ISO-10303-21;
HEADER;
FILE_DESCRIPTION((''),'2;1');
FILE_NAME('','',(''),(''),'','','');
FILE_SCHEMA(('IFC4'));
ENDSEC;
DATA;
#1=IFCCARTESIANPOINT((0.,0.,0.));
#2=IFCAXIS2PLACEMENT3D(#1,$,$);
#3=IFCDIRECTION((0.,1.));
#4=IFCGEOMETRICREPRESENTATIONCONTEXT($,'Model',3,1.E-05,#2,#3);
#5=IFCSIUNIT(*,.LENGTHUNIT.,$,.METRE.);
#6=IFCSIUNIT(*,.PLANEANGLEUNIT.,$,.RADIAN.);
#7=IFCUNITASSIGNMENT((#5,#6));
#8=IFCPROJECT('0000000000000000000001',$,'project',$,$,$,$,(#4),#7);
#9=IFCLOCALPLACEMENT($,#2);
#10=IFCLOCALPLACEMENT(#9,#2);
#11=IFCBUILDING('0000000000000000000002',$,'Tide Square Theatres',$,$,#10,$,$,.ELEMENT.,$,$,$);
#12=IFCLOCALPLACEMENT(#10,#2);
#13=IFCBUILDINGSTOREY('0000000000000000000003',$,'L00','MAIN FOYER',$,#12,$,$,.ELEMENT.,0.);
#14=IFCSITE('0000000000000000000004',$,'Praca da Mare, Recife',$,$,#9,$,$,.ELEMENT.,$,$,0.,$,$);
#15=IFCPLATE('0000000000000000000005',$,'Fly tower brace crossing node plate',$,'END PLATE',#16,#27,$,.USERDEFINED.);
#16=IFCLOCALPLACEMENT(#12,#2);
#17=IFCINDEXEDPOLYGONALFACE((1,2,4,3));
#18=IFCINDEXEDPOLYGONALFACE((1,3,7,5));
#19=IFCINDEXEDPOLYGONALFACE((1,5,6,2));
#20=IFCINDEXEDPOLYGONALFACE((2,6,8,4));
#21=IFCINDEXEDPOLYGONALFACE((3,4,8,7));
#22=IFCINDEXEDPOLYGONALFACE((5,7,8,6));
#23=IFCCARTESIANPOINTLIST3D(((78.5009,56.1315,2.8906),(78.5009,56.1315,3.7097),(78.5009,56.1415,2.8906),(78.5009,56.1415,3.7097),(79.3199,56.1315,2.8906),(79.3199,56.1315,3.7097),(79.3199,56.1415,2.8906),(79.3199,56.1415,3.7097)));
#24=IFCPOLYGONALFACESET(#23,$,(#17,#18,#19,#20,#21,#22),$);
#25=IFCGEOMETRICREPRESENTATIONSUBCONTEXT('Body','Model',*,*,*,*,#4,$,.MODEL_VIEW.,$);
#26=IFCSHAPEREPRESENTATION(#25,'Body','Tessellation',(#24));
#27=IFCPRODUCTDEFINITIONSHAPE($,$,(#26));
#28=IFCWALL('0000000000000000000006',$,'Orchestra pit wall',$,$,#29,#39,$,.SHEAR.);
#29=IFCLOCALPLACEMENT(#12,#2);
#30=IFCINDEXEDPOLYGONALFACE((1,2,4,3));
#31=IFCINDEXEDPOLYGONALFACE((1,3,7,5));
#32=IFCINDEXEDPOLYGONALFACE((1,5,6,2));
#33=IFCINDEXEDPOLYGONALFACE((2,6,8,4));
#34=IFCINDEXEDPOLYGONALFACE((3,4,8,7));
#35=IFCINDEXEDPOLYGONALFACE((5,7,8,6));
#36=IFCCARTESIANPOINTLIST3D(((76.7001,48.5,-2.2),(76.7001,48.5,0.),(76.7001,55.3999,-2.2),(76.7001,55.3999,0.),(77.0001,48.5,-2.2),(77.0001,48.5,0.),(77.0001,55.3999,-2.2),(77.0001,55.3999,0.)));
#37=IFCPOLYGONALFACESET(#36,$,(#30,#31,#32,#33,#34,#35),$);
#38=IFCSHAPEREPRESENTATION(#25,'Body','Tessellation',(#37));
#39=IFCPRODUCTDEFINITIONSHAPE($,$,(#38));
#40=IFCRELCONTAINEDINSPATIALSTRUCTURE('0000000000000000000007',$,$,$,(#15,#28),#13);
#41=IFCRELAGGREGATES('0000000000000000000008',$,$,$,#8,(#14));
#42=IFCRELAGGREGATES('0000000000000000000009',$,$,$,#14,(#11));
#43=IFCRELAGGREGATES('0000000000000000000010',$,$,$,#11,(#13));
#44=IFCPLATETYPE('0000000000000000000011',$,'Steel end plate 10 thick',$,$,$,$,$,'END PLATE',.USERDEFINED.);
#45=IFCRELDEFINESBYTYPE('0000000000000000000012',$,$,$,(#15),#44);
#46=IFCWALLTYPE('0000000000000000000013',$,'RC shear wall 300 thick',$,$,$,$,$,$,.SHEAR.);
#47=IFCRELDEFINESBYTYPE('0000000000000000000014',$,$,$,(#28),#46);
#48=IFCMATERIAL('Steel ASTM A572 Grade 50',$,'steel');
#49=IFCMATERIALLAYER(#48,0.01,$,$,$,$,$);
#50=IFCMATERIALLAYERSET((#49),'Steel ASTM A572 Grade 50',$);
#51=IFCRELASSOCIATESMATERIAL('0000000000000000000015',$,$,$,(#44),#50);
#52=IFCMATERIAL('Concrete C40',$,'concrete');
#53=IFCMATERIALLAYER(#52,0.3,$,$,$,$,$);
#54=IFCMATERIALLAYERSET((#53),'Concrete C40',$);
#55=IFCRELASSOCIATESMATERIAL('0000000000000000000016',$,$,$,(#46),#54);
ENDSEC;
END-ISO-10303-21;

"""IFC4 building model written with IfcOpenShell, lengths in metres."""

from ifc_helpers import new_model, si_unit, direction, frame, frame_2d, origin, origin_2d, place, context, subcontext, project, spatial, rectangle, extrude, material, layer, layer_set, type_object, element, save


model = new_model("IFC4")

# Units and contexts
model_context = context("Model", 3, precision=1e-05, world=origin(), true_north=direction((0.0, 1.0)))
body_context = subcontext(model_context, "Body", "Model", "MODEL_VIEW")
ifc_project = project(units=[si_unit("LENGTHUNIT", "METRE"), si_unit("PLANEANGLEUNIT", "RADIAN")], contexts=[model_context])

# Site, building, storey
site_placement = place(None, origin())
site = spatial("IfcSite", under=ifc_project, at=site_placement, Name="Praca da Mare, Recife", CompositionType="ELEMENT", RefElevation=0.0)
building_placement = place(site_placement, origin())
building = spatial("IfcBuilding", under=site, at=building_placement, Name="Tide Square Theatres", CompositionType="ELEMENT")
storey_placement = place(building_placement, origin())
storey = spatial("IfcBuildingStorey", under=building, at=storey_placement, Name="L00", Description="MAIN FOYER", CompositionType="ELEMENT", Elevation=0.0)

# Plate
ifc_material_1 = material(Name="Steel ASTM A572 Grade 50", Category="steel")
ifc_layer_1 = layer(ifc_material_1, 0.01)
ifc_layer_set_1 = layer_set([ifc_layer_1], Name="Steel ASTM A572 Grade 50")
plate_type_1 = type_object("IfcPlateType", Name="Steel end plate 10 thick", ElementType="END PLATE", PredefinedType="USERDEFINED", material=ifc_layer_set_1)
plate_placement = place(storey_placement, frame((78.9104, 56.1365, 2.8906), z_axis=(0.0, 0.0, 1.0), x_axis=(0.0, -1.0, 0.0)))
element("IfcPlate", 1, at=plate_placement, inside=storey, type_object=plate_type_1, Name="Fly tower brace crossing node plate", ObjectType="END PLATE", PredefinedType="USERDEFINED", context=body_context, shape_type="SweptSolid", body=[
    extrude(rectangle(XDim=0.01, YDim=0.8191, at=origin_2d()), origin(), (0.0, 0.0, 1.0), 0.8191),
])

# Wall
ifc_material_2 = material(Name="Concrete C40", Category="concrete")
ifc_layer_2 = layer(ifc_material_2, 0.3)
ifc_layer_set_2 = layer_set([ifc_layer_2], Name="Concrete C40")
wall_type = type_object("IfcWallType", Name="RC shear wall 300 thick", PredefinedType="SHEAR", material=ifc_layer_set_2)
wall_placement = place(storey_placement, frame((76.8501, 55.3999, -2.2), z_axis=(0.0, 0.0, 1.0), x_axis=(0.0, -1.0, 0.0)))
element("IfcWall", 2, at=wall_placement, inside=storey, type_object=wall_type, Name="Orchestra pit wall", PredefinedType="SHEAR", context=body_context, shape_type="SweptSolid", body=[
    extrude(rectangle(XDim=6.8999, YDim=0.3, at=frame_2d((3.45, 0.0))), origin(), (0.0, 0.0, 1.0), 2.2),
])

save(model, "model.ifc")
